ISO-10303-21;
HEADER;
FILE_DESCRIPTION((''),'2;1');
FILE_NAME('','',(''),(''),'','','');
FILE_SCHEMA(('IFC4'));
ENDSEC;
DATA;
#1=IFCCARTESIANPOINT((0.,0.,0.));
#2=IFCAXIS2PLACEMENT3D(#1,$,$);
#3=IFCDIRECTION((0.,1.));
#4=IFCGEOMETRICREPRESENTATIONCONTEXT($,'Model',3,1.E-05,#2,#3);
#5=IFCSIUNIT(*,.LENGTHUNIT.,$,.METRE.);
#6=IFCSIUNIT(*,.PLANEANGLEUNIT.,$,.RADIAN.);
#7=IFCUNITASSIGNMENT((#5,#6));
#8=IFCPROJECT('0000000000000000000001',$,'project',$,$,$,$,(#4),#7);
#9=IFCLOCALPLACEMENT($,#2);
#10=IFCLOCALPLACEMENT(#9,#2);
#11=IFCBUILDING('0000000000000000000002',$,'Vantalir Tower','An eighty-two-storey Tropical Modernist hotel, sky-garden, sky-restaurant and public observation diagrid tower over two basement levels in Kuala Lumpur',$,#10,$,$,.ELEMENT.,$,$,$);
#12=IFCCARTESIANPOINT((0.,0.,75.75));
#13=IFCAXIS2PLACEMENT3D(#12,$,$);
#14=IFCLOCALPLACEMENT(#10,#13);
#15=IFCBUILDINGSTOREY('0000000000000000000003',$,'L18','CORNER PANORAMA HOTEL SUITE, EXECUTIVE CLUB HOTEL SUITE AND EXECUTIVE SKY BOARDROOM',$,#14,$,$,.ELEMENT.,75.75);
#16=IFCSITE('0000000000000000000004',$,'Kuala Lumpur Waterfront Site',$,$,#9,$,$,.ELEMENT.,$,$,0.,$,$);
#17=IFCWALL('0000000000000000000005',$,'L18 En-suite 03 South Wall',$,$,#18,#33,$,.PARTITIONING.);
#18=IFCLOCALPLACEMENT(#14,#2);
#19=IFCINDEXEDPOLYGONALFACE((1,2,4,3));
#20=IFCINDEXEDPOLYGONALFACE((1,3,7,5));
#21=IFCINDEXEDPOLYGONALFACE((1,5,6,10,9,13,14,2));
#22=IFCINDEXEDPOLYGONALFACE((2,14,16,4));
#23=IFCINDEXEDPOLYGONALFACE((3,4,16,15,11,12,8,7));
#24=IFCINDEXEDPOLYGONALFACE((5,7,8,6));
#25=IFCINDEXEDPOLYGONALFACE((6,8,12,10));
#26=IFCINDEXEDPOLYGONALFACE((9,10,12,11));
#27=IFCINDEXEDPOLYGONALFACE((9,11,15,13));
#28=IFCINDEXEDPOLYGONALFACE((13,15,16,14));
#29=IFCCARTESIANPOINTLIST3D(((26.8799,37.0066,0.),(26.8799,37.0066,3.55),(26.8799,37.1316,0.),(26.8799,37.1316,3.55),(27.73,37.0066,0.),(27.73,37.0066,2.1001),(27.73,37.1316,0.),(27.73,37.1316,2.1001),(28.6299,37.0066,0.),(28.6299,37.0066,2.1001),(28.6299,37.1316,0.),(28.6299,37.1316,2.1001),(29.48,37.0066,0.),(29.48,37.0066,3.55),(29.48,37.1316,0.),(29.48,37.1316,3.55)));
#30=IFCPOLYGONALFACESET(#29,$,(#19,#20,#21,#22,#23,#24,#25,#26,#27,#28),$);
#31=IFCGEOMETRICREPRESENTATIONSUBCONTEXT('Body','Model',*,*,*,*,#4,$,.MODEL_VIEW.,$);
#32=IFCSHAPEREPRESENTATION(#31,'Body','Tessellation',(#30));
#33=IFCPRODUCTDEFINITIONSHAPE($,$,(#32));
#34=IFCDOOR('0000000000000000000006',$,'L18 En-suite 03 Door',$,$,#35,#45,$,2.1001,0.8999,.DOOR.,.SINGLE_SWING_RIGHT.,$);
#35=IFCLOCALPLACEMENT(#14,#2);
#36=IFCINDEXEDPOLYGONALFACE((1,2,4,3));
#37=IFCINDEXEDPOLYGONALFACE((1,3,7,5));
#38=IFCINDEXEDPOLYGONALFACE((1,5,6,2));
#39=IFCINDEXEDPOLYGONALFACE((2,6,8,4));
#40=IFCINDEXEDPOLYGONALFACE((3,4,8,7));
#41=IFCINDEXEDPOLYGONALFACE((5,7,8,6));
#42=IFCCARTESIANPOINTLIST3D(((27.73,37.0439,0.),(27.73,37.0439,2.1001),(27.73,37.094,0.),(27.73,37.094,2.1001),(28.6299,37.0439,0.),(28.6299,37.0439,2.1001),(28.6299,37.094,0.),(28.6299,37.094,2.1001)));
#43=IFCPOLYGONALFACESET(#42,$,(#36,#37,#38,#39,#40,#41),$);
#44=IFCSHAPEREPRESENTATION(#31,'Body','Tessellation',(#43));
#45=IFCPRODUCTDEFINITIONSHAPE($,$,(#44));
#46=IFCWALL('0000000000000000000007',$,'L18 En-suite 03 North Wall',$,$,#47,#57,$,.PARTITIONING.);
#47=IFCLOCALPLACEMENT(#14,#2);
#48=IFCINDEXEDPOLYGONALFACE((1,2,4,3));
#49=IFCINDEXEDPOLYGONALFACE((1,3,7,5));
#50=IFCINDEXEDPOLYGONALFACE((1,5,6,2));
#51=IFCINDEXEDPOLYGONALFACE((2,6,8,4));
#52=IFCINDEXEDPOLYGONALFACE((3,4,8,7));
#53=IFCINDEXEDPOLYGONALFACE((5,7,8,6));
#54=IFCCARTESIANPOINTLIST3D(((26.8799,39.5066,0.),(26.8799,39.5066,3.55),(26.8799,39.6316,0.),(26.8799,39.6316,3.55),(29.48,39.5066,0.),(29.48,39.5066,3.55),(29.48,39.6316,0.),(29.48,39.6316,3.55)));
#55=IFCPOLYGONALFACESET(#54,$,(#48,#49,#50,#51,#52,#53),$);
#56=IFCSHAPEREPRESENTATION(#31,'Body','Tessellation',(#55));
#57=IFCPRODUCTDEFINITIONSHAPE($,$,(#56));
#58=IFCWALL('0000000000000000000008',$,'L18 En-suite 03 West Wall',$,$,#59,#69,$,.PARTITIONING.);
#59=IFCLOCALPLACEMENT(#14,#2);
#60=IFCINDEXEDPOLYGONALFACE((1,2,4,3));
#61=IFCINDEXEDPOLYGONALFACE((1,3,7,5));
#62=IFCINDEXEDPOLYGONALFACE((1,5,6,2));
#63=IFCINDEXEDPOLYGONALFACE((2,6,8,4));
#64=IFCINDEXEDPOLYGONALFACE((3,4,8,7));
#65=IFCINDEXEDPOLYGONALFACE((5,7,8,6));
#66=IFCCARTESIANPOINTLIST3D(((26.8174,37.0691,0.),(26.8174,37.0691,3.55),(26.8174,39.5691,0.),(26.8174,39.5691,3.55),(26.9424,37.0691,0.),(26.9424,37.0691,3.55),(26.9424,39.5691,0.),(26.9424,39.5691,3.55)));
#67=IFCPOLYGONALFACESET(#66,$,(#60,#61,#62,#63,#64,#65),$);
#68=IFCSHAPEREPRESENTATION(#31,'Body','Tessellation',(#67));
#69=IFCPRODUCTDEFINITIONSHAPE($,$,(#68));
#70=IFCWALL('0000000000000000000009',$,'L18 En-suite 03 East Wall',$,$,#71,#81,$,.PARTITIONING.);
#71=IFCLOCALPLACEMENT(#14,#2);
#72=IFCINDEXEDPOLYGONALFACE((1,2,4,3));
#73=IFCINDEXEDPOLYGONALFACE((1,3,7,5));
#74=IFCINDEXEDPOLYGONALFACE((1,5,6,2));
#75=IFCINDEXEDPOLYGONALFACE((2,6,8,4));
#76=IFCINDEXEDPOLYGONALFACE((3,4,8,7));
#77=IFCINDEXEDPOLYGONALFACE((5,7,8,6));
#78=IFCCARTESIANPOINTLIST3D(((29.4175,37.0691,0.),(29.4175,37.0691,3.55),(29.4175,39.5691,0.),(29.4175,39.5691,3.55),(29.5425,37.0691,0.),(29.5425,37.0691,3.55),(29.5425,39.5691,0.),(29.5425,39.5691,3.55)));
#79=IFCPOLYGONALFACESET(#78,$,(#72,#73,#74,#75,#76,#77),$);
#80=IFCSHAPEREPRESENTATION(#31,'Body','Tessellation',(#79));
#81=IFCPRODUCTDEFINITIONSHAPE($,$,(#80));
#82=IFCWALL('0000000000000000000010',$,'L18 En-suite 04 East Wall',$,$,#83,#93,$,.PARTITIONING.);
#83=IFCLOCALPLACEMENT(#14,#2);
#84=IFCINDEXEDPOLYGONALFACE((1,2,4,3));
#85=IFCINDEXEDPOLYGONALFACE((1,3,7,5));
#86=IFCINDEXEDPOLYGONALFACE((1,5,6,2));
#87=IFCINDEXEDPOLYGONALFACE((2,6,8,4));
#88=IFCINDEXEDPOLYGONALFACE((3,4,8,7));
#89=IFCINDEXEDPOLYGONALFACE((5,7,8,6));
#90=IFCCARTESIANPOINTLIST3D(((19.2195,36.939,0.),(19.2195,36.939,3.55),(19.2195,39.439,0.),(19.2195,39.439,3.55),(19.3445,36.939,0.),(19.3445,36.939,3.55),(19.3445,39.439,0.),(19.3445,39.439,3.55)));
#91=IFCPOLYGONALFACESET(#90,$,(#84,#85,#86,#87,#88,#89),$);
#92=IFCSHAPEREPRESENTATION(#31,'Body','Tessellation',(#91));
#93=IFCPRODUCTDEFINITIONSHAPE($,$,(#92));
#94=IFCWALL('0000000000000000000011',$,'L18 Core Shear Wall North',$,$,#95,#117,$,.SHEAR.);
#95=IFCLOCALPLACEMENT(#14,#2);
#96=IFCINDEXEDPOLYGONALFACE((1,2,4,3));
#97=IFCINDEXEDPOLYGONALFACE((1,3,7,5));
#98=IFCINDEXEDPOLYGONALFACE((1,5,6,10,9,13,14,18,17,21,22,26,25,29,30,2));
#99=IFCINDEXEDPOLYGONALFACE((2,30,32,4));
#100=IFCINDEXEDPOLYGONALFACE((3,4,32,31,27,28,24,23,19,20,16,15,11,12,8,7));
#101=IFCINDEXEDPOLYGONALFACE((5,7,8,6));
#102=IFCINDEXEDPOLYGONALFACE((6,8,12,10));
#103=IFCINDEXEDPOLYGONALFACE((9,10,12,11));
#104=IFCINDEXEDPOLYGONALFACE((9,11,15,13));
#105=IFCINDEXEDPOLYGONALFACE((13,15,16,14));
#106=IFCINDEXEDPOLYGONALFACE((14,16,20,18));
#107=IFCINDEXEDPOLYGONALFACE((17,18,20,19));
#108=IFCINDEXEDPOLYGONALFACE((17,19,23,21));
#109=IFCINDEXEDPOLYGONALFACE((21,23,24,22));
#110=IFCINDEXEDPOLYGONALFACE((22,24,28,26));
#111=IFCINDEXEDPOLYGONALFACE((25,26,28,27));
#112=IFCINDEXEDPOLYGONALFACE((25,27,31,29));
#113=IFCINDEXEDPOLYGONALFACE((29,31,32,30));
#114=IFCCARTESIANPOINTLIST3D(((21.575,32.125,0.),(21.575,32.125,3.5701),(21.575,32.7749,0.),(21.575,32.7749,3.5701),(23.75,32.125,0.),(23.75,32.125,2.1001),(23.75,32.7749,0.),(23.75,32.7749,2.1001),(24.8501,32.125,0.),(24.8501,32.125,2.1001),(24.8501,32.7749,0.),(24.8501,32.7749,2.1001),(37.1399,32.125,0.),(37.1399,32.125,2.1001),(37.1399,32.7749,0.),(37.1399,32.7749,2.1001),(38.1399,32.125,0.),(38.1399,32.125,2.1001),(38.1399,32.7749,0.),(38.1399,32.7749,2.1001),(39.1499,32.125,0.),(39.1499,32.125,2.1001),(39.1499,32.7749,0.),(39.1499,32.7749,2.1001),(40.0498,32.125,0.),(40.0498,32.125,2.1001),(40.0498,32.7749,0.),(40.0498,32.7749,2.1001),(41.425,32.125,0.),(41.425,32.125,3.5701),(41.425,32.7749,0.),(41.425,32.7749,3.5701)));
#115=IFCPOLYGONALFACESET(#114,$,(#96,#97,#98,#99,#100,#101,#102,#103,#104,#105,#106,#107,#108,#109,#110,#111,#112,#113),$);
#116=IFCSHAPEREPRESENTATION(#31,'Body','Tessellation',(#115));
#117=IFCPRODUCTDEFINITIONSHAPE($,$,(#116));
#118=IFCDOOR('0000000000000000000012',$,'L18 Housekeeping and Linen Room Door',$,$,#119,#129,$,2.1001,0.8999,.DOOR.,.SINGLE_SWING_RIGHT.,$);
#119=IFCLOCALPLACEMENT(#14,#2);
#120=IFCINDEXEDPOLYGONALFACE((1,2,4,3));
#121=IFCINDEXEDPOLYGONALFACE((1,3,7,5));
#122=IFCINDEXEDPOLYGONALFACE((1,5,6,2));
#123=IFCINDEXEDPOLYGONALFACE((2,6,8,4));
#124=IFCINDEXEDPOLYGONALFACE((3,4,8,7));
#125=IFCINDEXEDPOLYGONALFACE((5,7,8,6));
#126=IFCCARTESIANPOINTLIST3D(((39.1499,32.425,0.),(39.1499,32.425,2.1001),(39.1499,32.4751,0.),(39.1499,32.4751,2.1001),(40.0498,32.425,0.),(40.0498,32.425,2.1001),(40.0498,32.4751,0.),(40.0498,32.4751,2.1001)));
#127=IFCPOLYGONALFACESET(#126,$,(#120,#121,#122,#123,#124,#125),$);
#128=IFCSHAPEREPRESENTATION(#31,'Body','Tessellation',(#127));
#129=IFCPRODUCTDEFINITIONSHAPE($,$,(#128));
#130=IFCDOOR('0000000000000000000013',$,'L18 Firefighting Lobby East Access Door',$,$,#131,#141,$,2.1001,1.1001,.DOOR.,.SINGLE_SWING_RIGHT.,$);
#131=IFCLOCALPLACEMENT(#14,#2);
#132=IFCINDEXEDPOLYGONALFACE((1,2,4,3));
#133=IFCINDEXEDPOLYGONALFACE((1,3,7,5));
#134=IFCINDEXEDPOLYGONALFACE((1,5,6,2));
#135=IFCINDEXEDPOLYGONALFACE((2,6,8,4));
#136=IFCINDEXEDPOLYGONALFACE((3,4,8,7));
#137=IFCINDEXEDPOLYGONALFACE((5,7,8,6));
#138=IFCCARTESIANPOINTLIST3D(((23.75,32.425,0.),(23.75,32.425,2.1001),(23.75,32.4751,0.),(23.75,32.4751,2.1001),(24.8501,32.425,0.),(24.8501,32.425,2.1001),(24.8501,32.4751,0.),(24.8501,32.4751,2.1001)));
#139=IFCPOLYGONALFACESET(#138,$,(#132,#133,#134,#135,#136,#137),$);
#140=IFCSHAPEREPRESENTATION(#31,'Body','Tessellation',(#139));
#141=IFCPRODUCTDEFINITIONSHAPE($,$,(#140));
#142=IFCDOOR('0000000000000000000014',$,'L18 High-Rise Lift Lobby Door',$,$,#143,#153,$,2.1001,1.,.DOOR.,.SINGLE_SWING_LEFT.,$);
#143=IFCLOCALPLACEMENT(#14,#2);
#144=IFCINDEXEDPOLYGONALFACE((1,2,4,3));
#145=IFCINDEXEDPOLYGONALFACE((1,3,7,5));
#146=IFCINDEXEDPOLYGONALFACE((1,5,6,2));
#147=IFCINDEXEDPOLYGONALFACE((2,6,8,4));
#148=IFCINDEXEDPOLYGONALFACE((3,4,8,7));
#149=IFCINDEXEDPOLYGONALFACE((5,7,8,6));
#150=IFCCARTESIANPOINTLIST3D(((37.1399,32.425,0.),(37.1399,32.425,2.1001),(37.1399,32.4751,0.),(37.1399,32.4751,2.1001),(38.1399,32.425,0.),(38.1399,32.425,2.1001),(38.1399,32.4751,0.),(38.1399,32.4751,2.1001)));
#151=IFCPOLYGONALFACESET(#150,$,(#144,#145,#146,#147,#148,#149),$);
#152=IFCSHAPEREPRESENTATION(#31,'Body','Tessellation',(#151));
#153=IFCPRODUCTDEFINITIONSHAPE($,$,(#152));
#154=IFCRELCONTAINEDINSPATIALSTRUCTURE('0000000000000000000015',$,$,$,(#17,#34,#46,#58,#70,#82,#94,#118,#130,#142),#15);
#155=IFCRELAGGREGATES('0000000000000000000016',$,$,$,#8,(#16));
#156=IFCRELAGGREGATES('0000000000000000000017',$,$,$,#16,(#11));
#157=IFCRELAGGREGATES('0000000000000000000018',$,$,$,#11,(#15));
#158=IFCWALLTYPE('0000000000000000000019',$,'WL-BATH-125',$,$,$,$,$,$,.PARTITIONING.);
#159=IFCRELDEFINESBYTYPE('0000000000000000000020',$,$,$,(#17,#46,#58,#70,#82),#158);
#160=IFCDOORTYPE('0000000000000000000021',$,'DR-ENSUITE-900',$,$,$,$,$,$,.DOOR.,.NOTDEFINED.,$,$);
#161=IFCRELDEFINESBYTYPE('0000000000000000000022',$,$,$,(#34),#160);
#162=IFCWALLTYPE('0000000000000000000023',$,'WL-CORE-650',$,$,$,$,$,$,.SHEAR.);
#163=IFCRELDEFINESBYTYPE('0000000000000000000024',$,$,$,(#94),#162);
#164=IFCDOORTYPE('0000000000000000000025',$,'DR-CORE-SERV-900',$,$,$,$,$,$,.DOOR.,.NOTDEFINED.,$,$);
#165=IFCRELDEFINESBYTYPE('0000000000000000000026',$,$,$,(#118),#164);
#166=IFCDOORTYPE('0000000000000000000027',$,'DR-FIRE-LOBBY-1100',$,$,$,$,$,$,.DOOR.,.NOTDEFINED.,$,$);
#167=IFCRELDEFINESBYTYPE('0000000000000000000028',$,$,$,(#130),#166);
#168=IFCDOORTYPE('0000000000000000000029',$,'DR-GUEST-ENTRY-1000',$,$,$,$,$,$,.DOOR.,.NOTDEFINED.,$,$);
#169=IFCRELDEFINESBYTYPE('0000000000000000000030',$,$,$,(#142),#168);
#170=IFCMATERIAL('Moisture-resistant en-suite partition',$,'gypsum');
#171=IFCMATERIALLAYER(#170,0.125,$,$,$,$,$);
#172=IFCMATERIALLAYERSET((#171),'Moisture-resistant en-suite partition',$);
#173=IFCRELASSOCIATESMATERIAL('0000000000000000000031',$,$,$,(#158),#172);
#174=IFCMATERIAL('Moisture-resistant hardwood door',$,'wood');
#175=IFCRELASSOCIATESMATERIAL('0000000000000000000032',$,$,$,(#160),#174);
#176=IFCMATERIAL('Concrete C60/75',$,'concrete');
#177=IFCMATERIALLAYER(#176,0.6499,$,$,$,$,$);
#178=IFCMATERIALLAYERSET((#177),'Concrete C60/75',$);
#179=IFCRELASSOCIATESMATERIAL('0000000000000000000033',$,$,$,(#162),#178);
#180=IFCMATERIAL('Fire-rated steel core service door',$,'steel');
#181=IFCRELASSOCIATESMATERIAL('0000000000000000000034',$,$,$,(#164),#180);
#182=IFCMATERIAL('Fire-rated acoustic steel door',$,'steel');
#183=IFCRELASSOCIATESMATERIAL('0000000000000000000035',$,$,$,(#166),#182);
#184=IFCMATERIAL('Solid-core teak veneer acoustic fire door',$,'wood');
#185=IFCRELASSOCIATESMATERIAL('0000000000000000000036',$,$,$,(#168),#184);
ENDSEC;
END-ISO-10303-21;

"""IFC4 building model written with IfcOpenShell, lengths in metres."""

from ifc_helpers import new_model, si_unit, direction, frame, frame_2d, origin, place, context, subcontext, project, spatial, rectangle, extrude, material, layer, layer_set, type_object, element, fill, save


model = new_model("IFC4")

# Units and contexts
model_context = context("Model", 3, precision=1e-05, world=origin(), true_north=direction((0.0, 1.0)))
body_context = subcontext(model_context, "Body", "Model", "MODEL_VIEW")
ifc_project = project(units=[si_unit("LENGTHUNIT", "METRE"), si_unit("PLANEANGLEUNIT", "RADIAN")], contexts=[model_context])

# Site, building, storey
site_placement = place(None, origin())
site = spatial("IfcSite", under=ifc_project, at=site_placement, Name="Kuala Lumpur Waterfront Site", CompositionType="ELEMENT", RefElevation=0.0)
building_placement = place(site_placement, origin())
building = spatial("IfcBuilding", under=site, at=building_placement, Name="Vantalir Tower", Description="An eighty-two-storey Tropical Modernist hotel, sky-garden, sky-restaurant and public observation diagrid tower over two basement levels in Kuala Lumpur", CompositionType="ELEMENT")
storey_placement = place(building_placement, frame((0.0, 0.0, 75.75)))
storey = spatial("IfcBuildingStorey", under=building, at=storey_placement, Name="L18", Description="CORNER PANORAMA HOTEL SUITE, EXECUTIVE CLUB HOTEL SUITE AND EXECUTIVE SKY BOARDROOM", CompositionType="ELEMENT", Elevation=75.75)

# Shared definitions
ifc_material_1 = material(Name="Concrete C60/75", Category="concrete")

# Wall, opening, door
ifc_material_2 = material(Name="Moisture-resistant en-suite partition", Category="gypsum")
ifc_layer_1 = layer(ifc_material_2, 0.125)
ifc_layer_set_1 = layer_set([ifc_layer_1], Name="Moisture-resistant en-suite partition")
wall_type_1 = type_object("IfcWallType", Name="WL-BATH-125", PredefinedType="PARTITIONING", material=ifc_layer_set_1)
wall_1_placement = place(storey_placement, frame((26.8799, 37.0691, 0.0), z_axis=(0.0, 0.0, 1.0), x_axis=(1.0, 0.0, 0.0)))
wall_1 = element("IfcWall", 1, at=wall_1_placement, inside=storey, type_object=wall_type_1, Name="L18 En-suite 03 South Wall", PredefinedType="PARTITIONING", context=body_context, shape_type="SweptSolid", body=[
    extrude(rectangle(XDim=2.6001, YDim=0.125, at=frame_2d((1.3, 0.0))), origin(), (0.0, 0.0, 1.0), 3.55),
])
opening_1_placement = place(wall_1_placement, frame((0.8501, 0.0, 0.0)))
opening_1 = element("IfcOpeningElement", 2, at=opening_1_placement, cuts=wall_1, PredefinedType="OPENING", context=body_context, shape_type="SweptSolid", body=[
    extrude(rectangle(XDim=0.8999, YDim=2.1001, at=frame_2d((0.45, 1.05))), frame((0.0, 0.0725, 0.0), z_axis=(0.0, -1.0, 0.0), x_axis=(1.0, 0.0, 0.0)), (0.0, 0.0, 1.0), 0.145),
])
ifc_material_3 = material(Name="Moisture-resistant hardwood door", Category="wood")
door_type_1 = type_object("IfcDoorType", Name="DR-ENSUITE-900", OperationType="NOTDEFINED", PredefinedType="DOOR", material=ifc_material_3)
door_1_placement = place(opening_1_placement, origin())
door_1 = element("IfcDoor", 3, at=door_1_placement, inside=storey, type_object=door_type_1, Name="L18 En-suite 03 Door", OperationType="SINGLE_SWING_RIGHT", OverallHeight=2.1001, OverallWidth=0.8999, PredefinedType="DOOR", context=body_context, shape_type="SweptSolid", body=[
    extrude(rectangle(XDim=0.8999, YDim=2.1001, at=frame_2d((0.45, 1.05))), frame((0.0, 0.0249, 0.0), z_axis=(0.0, -1.0, 0.0), x_axis=(1.0, 0.0, 0.0)), (0.0, 0.0, 1.0), 0.05),
])
fill(opening_1, door_1)

# Walls
wall_2_placement = place(storey_placement, frame((26.8799, 39.5691, 0.0), z_axis=(0.0, 0.0, 1.0), x_axis=(1.0, 0.0, 0.0)))
element("IfcWall", 4, at=wall_2_placement, inside=storey, type_object=wall_type_1, Name="L18 En-suite 03 North Wall", PredefinedType="PARTITIONING", context=body_context, shape_type="SweptSolid", body=[
    extrude(rectangle(XDim=2.6001, YDim=0.125, at=frame_2d((1.3, 0.0))), origin(), (0.0, 0.0, 1.0), 3.55),
])
for number, where, z_axis, x_axis, name in (
    (5, (26.8799, 37.0691, 0.0), (0.0, 0.0, 1.0), (0.0, 1.0, 0.0), "L18 En-suite 03 West Wall"),
    (6, (29.48, 37.0691, 0.0), (0.0, 0.0, 1.0), (0.0, 1.0, 0.0), "L18 En-suite 03 East Wall"),
    (7, (19.282, 36.939, 0.0), (0.0, 0.0, 1.0), (0.0, 1.0, 0.0), "L18 En-suite 04 East Wall"),
):
    element("IfcWall", number, at=place(storey_placement, frame(where, z_axis=z_axis, x_axis=x_axis)), inside=storey, type_object=wall_type_1, Name=name, PredefinedType="PARTITIONING", context=body_context, shape_type="SweptSolid", body=[
        extrude(rectangle(XDim=2.5, YDim=0.125, at=frame_2d((1.25, 0.0))), origin(), (0.0, 0.0, 1.0), 3.55),
    ])

# Wall, openings, doors
ifc_layer_2 = layer(ifc_material_1, 0.6499)
ifc_layer_set_2 = layer_set([ifc_layer_2], Name="Concrete C60/75")
wall_type_2 = type_object("IfcWallType", Name="WL-CORE-650", PredefinedType="SHEAR", material=ifc_layer_set_2)
wall_3_placement = place(storey_placement, frame((21.575, 32.45, 0.0), z_axis=(0.0, 0.0, 1.0), x_axis=(1.0, 0.0, 0.0)))
wall_3 = element("IfcWall", 8, at=wall_3_placement, inside=storey, type_object=wall_type_2, Name="L18 Core Shear Wall North", PredefinedType="SHEAR", context=body_context, shape_type="SweptSolid", body=[
    extrude(rectangle(XDim=19.8501, YDim=0.6499, at=frame_2d((9.925, 0.0))), origin(), (0.0, 0.0, 1.0), 3.5701),
])
opening_2_placement = place(wall_3_placement, frame((2.175, 0.0, 0.0)))
opening_2 = element("IfcOpeningElement", 9, at=opening_2_placement, cuts=wall_3, PredefinedType="OPENING", context=body_context, shape_type="SweptSolid", body=[
    extrude(rectangle(XDim=1.1001, YDim=2.1001, at=frame_2d((0.55, 1.05))), frame((0.0, 0.335, 0.0), z_axis=(0.0, -1.0, 0.0), x_axis=(1.0, 0.0, 0.0)), (0.0, 0.0, 1.0), 0.6699),
])
opening_3_placement = place(wall_3_placement, frame((15.5649, 0.0, 0.0)))
opening_3 = element("IfcOpeningElement", 10, at=opening_3_placement, cuts=wall_3, PredefinedType="OPENING", context=body_context, shape_type="SweptSolid", body=[
    extrude(rectangle(XDim=1.0, YDim=2.1001, at=frame_2d((0.5, 1.05))), frame((0.0, 0.335, 0.0), z_axis=(0.0, -1.0, 0.0), x_axis=(1.0, 0.0, 0.0)), (0.0, 0.0, 1.0), 0.6699),
])
opening_4_placement = place(wall_3_placement, frame((17.575, 0.0, 0.0)))
opening_4 = element("IfcOpeningElement", 11, at=opening_4_placement, cuts=wall_3, PredefinedType="OPENING", context=body_context, shape_type="SweptSolid", body=[
    extrude(rectangle(XDim=0.8999, YDim=2.1001, at=frame_2d((0.45, 1.05))), frame((0.0, 0.335, 0.0), z_axis=(0.0, -1.0, 0.0), x_axis=(1.0, 0.0, 0.0)), (0.0, 0.0, 1.0), 0.6699),
])
ifc_material_4 = material(Name="Fire-rated steel core service door", Category="steel")
door_type_2 = type_object("IfcDoorType", Name="DR-CORE-SERV-900", OperationType="NOTDEFINED", PredefinedType="DOOR", material=ifc_material_4)
door_2_placement = place(opening_4_placement, frame((0.8999, 0.0, 0.0), z_axis=(0.0, 0.0, 1.0), x_axis=(-1.0, 0.0, 0.0)))
door_2 = element("IfcDoor", 12, at=door_2_placement, inside=storey, type_object=door_type_2, Name="L18 Housekeeping and Linen Room Door", OperationType="SINGLE_SWING_RIGHT", OverallHeight=2.1001, OverallWidth=0.8999, PredefinedType="DOOR", context=body_context, shape_type="SweptSolid", body=[
    extrude(rectangle(XDim=0.8999, YDim=2.1001, at=frame_2d((0.45, 1.05))), frame((0.0, 0.0249, 0.0), z_axis=(0.0, -1.0, 0.0), x_axis=(1.0, 0.0, 0.0)), (0.0, 0.0, 1.0), 0.05),
])
fill(opening_4, door_2)
ifc_material_5 = material(Name="Fire-rated acoustic steel door", Category="steel")
door_type_3 = type_object("IfcDoorType", Name="DR-FIRE-LOBBY-1100", OperationType="NOTDEFINED", PredefinedType="DOOR", material=ifc_material_5)
door_3_placement = place(opening_2_placement, frame((1.1001, 0.0, 0.0), z_axis=(0.0, 0.0, 1.0), x_axis=(-1.0, 0.0, 0.0)))
door_3 = element("IfcDoor", 13, at=door_3_placement, inside=storey, type_object=door_type_3, Name="L18 Firefighting Lobby East Access Door", OperationType="SINGLE_SWING_RIGHT", OverallHeight=2.1001, OverallWidth=1.1001, PredefinedType="DOOR", context=body_context, shape_type="SweptSolid", body=[
    extrude(rectangle(XDim=1.1001, YDim=2.1001, at=frame_2d((0.55, 1.05))), frame((0.0, 0.0249, 0.0), z_axis=(0.0, -1.0, 0.0), x_axis=(1.0, 0.0, 0.0)), (0.0, 0.0, 1.0), 0.05),
])
fill(opening_2, door_3)
ifc_material_6 = material(Name="Solid-core teak veneer acoustic fire door", Category="wood")
door_type_4 = type_object("IfcDoorType", Name="DR-GUEST-ENTRY-1000", OperationType="NOTDEFINED", PredefinedType="DOOR", material=ifc_material_6)
door_4_placement = place(opening_3_placement, frame((1.0, 0.0, 0.0), z_axis=(0.0, 0.0, 1.0), x_axis=(-1.0, 0.0, 0.0)))
door_4 = element("IfcDoor", 14, at=door_4_placement, inside=storey, type_object=door_type_4, Name="L18 High-Rise Lift Lobby Door", OperationType="SINGLE_SWING_LEFT", OverallHeight=2.1001, OverallWidth=1.0, PredefinedType="DOOR", context=body_context, shape_type="SweptSolid", body=[
    extrude(rectangle(XDim=1.0, YDim=2.1001, at=frame_2d((0.5, 1.05))), frame((0.0, 0.0249, 0.0), z_axis=(0.0, -1.0, 0.0), x_axis=(1.0, 0.0, 0.0)), (0.0, 0.0, 1.0), 0.05),
])
fill(opening_3, door_4)

save(model, "model.ifc")
